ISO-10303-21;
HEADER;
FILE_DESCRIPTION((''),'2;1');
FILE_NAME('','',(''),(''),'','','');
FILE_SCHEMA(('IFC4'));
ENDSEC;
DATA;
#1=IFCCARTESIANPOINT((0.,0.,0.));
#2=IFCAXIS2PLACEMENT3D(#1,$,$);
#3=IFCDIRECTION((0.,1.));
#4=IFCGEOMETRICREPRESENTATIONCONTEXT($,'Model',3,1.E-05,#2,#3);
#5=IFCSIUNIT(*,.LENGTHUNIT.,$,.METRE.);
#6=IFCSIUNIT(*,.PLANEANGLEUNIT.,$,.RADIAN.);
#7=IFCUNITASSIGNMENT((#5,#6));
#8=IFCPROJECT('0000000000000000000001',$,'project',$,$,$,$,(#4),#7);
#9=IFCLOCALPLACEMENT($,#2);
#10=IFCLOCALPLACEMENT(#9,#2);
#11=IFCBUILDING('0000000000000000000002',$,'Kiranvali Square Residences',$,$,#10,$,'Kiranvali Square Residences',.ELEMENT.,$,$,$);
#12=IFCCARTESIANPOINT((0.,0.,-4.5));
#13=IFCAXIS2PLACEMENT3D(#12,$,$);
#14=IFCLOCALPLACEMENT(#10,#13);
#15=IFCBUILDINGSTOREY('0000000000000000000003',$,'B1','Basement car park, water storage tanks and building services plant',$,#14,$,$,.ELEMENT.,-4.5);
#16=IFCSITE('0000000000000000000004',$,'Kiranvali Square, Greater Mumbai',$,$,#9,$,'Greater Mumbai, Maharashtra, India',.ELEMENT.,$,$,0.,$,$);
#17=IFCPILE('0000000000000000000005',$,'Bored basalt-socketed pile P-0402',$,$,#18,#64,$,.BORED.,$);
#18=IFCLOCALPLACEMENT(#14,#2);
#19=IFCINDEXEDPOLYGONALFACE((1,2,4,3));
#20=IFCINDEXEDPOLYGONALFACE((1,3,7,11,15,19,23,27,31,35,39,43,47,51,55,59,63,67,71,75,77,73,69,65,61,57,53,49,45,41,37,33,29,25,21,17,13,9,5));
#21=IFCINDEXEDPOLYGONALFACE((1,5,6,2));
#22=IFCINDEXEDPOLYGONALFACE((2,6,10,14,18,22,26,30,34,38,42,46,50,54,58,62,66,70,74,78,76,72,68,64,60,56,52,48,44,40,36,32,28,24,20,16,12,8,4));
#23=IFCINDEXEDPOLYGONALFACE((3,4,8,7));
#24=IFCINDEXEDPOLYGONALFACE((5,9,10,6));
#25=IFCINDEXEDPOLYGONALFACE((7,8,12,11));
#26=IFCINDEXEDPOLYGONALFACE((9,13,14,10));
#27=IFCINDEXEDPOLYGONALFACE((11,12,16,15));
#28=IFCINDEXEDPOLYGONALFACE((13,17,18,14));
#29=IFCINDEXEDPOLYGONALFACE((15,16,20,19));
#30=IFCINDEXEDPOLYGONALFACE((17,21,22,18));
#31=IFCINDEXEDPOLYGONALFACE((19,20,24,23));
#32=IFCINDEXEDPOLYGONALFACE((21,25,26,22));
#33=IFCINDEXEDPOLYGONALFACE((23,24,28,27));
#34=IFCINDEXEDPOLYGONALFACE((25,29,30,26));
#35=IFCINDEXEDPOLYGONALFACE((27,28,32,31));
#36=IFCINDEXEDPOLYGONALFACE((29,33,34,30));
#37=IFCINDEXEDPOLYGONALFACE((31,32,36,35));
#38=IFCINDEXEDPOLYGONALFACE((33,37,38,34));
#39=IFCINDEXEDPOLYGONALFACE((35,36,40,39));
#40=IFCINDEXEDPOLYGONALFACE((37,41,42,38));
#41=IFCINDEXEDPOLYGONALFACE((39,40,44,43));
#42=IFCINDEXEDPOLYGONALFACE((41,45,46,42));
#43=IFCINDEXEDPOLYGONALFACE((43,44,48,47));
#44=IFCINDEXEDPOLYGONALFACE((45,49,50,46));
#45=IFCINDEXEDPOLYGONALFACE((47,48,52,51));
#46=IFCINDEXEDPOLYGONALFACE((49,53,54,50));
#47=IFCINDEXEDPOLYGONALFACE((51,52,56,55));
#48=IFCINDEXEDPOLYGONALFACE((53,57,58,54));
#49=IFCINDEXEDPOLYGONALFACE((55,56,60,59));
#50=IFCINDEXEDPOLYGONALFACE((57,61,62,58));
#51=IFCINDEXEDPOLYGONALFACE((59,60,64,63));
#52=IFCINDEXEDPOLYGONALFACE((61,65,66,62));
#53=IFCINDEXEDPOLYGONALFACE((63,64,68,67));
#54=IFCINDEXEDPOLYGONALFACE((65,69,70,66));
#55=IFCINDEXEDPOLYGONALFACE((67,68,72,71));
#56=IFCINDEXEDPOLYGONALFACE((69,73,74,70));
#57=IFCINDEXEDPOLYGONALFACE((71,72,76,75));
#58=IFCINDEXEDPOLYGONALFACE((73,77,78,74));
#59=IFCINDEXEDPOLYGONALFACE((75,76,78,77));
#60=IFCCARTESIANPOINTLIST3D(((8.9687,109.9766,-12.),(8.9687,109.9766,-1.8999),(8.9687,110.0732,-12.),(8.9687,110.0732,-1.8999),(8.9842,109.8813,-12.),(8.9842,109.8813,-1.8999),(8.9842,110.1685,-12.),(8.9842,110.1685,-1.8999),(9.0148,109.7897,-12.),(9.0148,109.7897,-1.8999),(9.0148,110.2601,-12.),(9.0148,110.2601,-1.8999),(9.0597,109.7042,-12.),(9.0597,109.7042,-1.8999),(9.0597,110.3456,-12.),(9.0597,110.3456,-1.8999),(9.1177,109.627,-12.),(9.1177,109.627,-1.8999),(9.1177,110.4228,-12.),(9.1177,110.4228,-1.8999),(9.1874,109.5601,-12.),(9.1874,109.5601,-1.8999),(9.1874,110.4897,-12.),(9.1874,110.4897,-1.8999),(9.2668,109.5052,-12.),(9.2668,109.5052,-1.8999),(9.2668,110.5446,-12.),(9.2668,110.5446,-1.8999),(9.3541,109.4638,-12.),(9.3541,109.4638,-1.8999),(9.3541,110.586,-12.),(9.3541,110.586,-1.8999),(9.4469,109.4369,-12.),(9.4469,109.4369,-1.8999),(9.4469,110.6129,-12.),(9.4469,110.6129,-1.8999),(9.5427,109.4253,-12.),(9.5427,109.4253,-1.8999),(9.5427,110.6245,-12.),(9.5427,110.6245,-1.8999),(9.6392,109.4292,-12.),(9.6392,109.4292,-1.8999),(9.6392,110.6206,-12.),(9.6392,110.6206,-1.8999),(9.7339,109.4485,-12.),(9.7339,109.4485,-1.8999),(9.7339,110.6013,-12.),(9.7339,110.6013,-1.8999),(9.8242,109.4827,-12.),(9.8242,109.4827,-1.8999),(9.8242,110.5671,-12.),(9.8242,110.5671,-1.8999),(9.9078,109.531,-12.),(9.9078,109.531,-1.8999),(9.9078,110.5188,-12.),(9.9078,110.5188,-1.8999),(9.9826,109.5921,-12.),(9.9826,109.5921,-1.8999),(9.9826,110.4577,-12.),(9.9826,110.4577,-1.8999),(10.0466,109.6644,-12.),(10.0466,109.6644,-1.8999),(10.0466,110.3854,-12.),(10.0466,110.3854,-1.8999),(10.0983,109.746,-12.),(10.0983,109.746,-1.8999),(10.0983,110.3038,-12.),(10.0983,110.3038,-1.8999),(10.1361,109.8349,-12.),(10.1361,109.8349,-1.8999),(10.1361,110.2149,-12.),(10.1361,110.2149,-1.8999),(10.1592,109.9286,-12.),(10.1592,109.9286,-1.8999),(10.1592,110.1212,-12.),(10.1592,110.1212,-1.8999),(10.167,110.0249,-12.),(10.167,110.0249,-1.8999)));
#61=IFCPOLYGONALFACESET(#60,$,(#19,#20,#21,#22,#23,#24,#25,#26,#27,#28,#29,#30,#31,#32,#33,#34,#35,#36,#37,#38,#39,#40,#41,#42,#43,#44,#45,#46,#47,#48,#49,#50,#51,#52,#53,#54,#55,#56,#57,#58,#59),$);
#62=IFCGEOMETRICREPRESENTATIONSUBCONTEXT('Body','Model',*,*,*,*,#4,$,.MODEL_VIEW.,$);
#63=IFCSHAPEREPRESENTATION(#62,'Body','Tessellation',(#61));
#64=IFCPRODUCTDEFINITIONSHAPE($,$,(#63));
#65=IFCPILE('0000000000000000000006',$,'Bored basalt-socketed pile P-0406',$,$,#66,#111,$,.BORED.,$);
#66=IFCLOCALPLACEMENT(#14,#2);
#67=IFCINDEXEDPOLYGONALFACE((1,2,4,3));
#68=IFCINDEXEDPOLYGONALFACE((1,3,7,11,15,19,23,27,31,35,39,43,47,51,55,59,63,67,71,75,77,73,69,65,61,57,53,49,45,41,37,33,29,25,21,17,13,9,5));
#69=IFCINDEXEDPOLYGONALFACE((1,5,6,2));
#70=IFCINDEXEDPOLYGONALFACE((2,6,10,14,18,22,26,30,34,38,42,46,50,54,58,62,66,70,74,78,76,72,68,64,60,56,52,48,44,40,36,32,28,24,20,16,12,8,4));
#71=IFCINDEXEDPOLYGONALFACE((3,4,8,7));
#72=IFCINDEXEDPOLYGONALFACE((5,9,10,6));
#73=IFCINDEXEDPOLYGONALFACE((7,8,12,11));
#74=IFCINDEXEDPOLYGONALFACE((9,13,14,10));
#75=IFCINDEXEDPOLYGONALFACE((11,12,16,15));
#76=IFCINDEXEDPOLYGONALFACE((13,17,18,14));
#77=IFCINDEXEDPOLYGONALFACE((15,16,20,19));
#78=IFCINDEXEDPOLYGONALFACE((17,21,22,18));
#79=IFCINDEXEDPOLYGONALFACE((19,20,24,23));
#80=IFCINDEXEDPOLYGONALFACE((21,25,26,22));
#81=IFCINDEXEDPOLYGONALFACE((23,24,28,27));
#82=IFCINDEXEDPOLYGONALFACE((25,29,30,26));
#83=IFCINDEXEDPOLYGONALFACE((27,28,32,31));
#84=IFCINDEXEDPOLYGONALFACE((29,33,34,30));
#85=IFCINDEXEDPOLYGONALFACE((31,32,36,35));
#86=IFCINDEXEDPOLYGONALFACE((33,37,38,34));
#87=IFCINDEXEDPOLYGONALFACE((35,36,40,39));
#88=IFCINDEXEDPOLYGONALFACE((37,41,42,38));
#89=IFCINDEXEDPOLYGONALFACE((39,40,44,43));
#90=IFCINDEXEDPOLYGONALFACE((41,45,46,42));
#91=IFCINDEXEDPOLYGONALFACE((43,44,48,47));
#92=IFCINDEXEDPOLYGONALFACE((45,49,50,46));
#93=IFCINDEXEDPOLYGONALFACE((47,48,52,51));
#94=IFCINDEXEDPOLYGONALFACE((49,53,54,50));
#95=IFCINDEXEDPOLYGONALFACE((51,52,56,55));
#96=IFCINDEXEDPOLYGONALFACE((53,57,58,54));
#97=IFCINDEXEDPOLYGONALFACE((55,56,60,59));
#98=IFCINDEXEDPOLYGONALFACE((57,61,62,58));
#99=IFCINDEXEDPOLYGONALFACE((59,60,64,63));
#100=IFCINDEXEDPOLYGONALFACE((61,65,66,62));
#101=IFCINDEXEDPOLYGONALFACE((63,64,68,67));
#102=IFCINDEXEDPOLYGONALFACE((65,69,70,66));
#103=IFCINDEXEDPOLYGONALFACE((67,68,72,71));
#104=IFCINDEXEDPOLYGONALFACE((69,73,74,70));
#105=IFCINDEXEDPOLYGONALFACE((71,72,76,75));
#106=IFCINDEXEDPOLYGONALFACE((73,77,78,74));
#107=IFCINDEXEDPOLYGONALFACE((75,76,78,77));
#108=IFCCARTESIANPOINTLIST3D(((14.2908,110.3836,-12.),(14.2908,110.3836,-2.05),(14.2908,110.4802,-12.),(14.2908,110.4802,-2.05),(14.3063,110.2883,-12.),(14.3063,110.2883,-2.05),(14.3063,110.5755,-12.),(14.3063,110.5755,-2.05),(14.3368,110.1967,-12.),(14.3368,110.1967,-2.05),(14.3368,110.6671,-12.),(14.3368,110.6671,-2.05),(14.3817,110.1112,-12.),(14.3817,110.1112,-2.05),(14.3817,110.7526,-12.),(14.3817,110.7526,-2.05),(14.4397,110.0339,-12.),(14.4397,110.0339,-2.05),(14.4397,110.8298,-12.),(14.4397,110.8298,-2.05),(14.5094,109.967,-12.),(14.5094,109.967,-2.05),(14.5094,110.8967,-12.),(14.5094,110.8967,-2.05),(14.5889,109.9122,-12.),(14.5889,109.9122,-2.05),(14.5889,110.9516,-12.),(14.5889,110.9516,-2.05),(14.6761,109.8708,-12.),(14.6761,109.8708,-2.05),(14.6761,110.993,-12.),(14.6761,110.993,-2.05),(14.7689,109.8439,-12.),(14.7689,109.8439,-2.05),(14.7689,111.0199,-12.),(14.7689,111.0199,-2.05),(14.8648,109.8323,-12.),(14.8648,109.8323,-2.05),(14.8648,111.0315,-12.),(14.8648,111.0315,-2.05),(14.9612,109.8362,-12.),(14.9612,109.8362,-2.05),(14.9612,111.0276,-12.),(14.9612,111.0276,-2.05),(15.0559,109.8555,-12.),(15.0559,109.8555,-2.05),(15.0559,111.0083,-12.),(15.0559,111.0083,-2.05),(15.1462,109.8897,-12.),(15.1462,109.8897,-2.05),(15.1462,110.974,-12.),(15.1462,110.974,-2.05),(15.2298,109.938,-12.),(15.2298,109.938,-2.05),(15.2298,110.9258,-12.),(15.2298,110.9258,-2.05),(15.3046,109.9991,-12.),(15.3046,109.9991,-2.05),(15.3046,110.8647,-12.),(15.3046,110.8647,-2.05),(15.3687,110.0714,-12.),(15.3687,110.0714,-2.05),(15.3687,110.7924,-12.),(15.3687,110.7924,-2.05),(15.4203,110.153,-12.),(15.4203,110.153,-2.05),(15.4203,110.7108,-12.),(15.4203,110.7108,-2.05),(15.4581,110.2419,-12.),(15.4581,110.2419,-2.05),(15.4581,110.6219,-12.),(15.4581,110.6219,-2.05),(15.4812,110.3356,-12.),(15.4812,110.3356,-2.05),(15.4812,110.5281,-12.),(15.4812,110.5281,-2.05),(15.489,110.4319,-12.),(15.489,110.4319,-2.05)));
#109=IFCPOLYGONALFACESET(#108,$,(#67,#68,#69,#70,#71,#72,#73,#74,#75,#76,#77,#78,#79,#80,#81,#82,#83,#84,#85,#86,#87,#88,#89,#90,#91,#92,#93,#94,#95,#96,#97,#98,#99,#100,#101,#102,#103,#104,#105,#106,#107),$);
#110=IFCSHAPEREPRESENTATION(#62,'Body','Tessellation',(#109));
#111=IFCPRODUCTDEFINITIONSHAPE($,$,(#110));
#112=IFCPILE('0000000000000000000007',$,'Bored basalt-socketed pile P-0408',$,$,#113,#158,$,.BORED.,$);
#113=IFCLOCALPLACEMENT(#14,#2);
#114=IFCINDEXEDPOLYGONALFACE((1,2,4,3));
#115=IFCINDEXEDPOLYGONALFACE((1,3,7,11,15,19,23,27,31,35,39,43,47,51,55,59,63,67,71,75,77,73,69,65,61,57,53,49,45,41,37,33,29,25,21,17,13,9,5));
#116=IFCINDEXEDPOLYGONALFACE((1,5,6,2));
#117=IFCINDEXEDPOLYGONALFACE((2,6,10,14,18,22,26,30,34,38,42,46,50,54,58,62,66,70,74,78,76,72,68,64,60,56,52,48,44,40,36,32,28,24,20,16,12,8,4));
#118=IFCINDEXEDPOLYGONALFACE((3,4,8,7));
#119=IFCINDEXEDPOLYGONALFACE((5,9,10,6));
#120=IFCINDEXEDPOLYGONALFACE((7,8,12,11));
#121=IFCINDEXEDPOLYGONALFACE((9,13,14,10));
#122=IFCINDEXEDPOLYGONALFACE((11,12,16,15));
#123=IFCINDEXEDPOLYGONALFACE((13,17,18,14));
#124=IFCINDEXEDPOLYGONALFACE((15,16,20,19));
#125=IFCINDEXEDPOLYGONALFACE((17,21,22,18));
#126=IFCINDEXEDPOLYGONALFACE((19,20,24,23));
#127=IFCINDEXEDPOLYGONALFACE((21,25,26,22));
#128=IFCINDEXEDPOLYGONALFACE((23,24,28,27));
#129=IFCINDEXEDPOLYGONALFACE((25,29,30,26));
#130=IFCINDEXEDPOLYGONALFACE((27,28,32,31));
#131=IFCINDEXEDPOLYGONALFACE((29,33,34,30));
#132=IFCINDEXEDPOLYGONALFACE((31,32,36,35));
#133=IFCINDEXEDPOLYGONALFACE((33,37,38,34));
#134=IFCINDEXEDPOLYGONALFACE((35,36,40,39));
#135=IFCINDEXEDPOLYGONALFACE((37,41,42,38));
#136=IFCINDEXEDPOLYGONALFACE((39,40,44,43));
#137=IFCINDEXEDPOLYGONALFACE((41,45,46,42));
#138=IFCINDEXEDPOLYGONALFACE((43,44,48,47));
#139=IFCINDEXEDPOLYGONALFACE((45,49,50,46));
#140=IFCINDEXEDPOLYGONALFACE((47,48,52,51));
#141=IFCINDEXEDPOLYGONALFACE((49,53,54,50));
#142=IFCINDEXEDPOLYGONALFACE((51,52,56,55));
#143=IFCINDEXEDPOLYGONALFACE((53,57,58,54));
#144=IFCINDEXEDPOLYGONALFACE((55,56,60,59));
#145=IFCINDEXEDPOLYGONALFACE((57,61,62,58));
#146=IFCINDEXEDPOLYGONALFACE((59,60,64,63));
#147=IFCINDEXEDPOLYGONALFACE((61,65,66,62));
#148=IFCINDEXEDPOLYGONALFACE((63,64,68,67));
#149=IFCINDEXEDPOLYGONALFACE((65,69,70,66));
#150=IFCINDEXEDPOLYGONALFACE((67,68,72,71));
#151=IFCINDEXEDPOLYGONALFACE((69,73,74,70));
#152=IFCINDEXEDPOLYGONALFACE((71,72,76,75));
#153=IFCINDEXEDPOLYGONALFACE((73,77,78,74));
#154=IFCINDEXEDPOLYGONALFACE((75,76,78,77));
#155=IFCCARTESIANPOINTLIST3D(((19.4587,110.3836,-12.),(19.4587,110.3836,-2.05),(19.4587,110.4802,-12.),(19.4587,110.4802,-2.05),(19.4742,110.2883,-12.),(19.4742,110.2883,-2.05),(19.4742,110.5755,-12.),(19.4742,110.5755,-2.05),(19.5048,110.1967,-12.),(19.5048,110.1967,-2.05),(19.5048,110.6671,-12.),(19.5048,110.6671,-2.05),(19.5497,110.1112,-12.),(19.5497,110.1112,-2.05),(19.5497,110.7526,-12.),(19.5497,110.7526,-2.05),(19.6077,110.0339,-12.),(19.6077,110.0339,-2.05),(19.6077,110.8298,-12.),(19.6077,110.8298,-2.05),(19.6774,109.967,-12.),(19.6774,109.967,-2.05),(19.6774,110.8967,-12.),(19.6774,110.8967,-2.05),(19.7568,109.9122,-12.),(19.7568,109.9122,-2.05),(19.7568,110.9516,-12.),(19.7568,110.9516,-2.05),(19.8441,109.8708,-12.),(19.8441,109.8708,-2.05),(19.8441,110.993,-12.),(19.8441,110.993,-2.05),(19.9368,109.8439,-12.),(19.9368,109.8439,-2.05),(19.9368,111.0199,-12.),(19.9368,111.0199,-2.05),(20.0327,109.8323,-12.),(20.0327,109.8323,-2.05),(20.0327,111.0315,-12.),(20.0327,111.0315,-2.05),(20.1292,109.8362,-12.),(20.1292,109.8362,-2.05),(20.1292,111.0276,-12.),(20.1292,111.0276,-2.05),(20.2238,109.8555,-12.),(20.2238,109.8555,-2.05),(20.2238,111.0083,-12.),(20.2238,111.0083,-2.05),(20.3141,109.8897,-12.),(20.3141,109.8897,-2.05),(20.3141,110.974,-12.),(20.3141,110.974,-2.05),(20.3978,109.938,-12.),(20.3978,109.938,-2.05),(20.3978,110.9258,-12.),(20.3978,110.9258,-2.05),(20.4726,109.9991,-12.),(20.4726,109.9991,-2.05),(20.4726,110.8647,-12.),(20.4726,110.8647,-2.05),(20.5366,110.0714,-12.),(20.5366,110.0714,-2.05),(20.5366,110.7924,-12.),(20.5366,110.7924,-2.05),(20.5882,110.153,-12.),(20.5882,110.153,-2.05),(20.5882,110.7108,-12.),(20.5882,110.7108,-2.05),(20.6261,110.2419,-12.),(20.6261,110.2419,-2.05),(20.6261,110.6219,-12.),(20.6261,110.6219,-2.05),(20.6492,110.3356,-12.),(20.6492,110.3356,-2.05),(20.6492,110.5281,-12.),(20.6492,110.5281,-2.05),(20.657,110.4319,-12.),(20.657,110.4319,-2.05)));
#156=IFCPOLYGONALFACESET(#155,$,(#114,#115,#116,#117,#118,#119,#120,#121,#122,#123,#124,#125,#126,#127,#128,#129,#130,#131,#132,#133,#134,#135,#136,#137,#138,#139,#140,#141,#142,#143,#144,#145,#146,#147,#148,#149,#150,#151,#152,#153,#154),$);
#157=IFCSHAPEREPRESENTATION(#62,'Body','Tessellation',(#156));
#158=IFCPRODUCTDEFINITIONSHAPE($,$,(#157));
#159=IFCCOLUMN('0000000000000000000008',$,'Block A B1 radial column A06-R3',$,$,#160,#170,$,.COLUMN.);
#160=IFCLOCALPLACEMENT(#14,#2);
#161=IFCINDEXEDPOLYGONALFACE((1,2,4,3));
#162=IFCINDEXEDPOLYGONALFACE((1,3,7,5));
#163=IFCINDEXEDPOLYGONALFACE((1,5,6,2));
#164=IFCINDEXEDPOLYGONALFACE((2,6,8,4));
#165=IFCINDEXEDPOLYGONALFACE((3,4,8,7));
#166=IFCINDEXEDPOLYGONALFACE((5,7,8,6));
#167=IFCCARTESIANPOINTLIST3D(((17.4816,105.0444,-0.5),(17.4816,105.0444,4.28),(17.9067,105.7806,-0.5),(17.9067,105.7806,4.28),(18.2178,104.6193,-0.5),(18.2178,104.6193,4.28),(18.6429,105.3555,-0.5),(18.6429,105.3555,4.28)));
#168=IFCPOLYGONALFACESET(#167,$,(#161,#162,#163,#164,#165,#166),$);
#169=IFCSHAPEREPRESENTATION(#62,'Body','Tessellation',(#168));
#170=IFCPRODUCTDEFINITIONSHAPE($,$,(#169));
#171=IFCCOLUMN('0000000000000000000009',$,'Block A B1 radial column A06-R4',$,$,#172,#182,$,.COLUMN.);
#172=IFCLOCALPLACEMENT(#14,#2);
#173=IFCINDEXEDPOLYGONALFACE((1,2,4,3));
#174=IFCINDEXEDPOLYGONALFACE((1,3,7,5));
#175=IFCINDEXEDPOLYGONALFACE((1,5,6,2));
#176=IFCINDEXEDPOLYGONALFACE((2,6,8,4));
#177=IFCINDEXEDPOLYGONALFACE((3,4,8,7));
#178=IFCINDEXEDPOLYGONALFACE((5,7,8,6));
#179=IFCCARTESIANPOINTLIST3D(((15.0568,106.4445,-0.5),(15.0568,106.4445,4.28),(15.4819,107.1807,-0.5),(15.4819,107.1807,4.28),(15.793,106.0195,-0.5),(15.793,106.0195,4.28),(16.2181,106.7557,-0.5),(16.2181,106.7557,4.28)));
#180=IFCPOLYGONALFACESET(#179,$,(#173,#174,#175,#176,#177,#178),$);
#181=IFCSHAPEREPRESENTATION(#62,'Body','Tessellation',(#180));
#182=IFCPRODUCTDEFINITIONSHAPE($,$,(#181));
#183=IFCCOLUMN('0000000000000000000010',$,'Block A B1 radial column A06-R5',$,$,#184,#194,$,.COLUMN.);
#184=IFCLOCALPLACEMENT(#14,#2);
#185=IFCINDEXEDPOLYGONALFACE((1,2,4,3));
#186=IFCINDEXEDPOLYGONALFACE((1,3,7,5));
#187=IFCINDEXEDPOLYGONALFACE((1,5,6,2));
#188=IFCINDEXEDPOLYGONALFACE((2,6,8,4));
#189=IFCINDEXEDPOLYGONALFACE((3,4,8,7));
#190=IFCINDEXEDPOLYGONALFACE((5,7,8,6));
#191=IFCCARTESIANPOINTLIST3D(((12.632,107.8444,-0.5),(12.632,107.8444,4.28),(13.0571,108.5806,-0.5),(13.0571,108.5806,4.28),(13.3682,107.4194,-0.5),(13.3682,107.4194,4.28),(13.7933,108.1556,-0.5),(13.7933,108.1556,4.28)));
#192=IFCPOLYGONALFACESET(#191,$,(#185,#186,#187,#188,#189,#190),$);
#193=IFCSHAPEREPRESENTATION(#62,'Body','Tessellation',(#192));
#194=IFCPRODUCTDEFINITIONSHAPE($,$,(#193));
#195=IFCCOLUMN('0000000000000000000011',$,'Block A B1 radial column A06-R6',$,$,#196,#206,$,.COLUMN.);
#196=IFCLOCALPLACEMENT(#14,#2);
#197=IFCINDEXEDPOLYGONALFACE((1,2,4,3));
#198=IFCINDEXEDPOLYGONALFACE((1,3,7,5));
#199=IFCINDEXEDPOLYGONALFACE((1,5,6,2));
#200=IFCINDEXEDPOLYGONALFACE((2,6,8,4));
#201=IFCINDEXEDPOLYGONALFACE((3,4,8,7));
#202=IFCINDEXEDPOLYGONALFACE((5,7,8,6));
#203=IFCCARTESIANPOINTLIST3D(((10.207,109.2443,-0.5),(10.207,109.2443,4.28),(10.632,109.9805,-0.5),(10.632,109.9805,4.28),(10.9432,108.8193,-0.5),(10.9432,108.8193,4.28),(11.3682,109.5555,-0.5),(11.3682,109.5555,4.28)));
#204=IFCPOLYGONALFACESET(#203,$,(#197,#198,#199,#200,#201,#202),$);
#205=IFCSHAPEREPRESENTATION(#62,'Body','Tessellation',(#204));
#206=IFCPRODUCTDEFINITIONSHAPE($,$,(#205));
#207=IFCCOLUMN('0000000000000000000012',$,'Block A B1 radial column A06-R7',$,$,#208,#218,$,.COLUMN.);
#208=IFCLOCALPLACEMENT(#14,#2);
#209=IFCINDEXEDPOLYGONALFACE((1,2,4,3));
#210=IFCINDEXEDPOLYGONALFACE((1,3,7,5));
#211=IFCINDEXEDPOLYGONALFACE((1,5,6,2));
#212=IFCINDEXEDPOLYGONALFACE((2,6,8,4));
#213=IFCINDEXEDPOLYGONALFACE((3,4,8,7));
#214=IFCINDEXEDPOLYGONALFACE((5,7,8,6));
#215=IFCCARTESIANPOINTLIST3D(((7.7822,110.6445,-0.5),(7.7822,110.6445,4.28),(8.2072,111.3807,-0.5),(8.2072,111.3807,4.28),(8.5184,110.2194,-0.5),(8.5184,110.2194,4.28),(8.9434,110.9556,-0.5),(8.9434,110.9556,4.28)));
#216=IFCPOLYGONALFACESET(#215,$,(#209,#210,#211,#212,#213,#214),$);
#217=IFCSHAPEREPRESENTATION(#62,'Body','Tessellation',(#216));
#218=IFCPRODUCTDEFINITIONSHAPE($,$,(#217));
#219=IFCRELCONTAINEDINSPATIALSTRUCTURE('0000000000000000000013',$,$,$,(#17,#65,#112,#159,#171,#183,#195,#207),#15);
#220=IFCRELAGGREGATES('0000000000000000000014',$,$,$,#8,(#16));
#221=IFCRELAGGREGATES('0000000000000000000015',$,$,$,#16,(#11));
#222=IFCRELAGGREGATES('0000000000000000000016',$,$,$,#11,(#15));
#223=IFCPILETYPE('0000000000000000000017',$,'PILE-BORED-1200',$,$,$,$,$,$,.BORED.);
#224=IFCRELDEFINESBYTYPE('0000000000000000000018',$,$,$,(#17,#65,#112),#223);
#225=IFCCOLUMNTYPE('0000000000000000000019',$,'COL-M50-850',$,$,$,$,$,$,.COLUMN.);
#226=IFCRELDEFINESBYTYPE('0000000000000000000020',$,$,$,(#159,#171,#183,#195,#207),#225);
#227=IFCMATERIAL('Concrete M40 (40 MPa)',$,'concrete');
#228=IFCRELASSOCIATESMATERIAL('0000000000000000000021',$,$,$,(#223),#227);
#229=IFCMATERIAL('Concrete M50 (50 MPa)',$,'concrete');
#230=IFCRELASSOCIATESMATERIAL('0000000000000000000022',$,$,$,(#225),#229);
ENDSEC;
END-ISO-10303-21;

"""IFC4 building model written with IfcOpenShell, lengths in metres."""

from ifc_helpers import new_model, si_unit, direction, frame, origin, origin_2d, place, context, subcontext, project, spatial, rectangle, circle, extrude, material, material_profile, profile_set, type_object, element, save


model = new_model("IFC4")

# Units and contexts
model_context = context("Model", 3, precision=1e-05, world=origin(), true_north=direction((0.0, 1.0)))
body_context = subcontext(model_context, "Body", "Model", "MODEL_VIEW")
ifc_project = project(units=[si_unit("LENGTHUNIT", "METRE"), si_unit("PLANEANGLEUNIT", "RADIAN")], contexts=[model_context])

# Site, building, storey
site_placement = place(None, origin())
site = spatial("IfcSite", under=ifc_project, at=site_placement, Name="Kiranvali Square, Greater Mumbai", LongName="Greater Mumbai, Maharashtra, India", CompositionType="ELEMENT", RefElevation=0.0)
building_placement = place(site_placement, origin())
building = spatial("IfcBuilding", under=site, at=building_placement, Name="Kiranvali Square Residences", LongName="Kiranvali Square Residences", CompositionType="ELEMENT")
storey_placement = place(building_placement, frame((0.0, 0.0, -4.5)))
storey = spatial("IfcBuildingStorey", under=building, at=storey_placement, Name="B1", Description="Basement car park, water storage tanks and building services plant", CompositionType="ELEMENT", Elevation=-4.5)

# Shared definitions
ifc_material_1 = material(Name="Concrete M40 (40 MPa)", Category="concrete")

# Piles
ifc_material_profile_1 = material_profile(ifc_material_1, circle(Radius=0.6001, at=origin_2d()), Name="BORED PILE 1200")
ifc_profile_set_1 = profile_set([ifc_material_profile_1], Name="Concrete M40 (40 MPa)")
pile_type = type_object("IfcPileType", Name="PILE-BORED-1200", PredefinedType="BORED", material=ifc_profile_set_1)
pile_placement = place(storey_placement, frame((9.5669, 110.0249, -1.8999), z_axis=(0.0, 0.0, -1.0), x_axis=(1.0, 0.0, 0.0)))
element("IfcPile", 1, at=pile_placement, inside=storey, type_object=pile_type, Name="Bored basalt-socketed pile P-0402", PredefinedType="BORED", context=body_context, shape_type="SweptSolid", body=[
    extrude(circle(Radius=0.6001, at=origin_2d()), origin(), (0.0, 0.0, 1.0), 10.1001),
])
for number, where, z_axis, x_axis, name in (
    (2, (14.8889, 110.4319, -2.05), (0.0, 0.0, -1.0), (1.0, 0.0, 0.0), "Bored basalt-socketed pile P-0406"),
    (3, (20.0569, 110.4319, -2.05), (0.0, 0.0, -1.0), (1.0, 0.0, 0.0), "Bored basalt-socketed pile P-0408"),
):
    element("IfcPile", number, at=place(storey_placement, frame(where, z_axis=z_axis, x_axis=x_axis)), inside=storey, type_object=pile_type, Name=name, PredefinedType="BORED", context=body_context, shape_type="SweptSolid", body=[
        extrude(circle(Radius=0.6001, at=origin_2d()), origin(), (0.0, 0.0, 1.0), 9.95),
    ])

# Columns
ifc_material_2 = material(Name="Concrete M50 (50 MPa)", Category="concrete")
ifc_material_profile_2 = material_profile(ifc_material_2, rectangle(XDim=0.8501, YDim=0.8501, at=origin_2d()), Name="RC 850x850")
ifc_profile_set_2 = profile_set([ifc_material_profile_2], Name="Concrete M50 (50 MPa)")
column_type = type_object("IfcColumnType", Name="COL-M50-850", PredefinedType="COLUMN", material=ifc_profile_set_2)
for number, where, z_axis, x_axis, name in (
    (4, (18.0623, 105.2, -0.5), (0.0, 0.0, 1.0), (0.5, 0.866025, 0.0), "Block A B1 radial column A06-R3"),
    (5, (15.6375, 106.6001, -0.5), (0.0, 0.0, 1.0), (0.5, 0.866025, 0.0), "Block A B1 radial column A06-R4"),
    (6, (13.2126, 108.0, -0.5), (0.0, 0.0, 1.0), (0.5, 0.866025, 0.0), "Block A B1 radial column A06-R5"),
    (7, (10.7876, 109.3999, -0.5), (0.0, 0.0, 1.0), (0.5, 0.866025, 0.0), "Block A B1 radial column A06-R6"),
    (8, (8.3628, 110.8, -0.5), (0.0, 0.0, 1.0), (0.5, 0.866025, 0.0), "Block A B1 radial column A06-R7"),
):
    element("IfcColumn", number, at=place(storey_placement, frame(where, z_axis=z_axis, x_axis=x_axis)), inside=storey, type_object=column_type, Name=name, PredefinedType="COLUMN", context=body_context, shape_type="SweptSolid", body=[
        extrude(rectangle(XDim=0.8501, YDim=0.8501, at=origin_2d()), origin(), (0.0, 0.0, 1.0), 4.78),
    ])

save(model, "model.ifc")
